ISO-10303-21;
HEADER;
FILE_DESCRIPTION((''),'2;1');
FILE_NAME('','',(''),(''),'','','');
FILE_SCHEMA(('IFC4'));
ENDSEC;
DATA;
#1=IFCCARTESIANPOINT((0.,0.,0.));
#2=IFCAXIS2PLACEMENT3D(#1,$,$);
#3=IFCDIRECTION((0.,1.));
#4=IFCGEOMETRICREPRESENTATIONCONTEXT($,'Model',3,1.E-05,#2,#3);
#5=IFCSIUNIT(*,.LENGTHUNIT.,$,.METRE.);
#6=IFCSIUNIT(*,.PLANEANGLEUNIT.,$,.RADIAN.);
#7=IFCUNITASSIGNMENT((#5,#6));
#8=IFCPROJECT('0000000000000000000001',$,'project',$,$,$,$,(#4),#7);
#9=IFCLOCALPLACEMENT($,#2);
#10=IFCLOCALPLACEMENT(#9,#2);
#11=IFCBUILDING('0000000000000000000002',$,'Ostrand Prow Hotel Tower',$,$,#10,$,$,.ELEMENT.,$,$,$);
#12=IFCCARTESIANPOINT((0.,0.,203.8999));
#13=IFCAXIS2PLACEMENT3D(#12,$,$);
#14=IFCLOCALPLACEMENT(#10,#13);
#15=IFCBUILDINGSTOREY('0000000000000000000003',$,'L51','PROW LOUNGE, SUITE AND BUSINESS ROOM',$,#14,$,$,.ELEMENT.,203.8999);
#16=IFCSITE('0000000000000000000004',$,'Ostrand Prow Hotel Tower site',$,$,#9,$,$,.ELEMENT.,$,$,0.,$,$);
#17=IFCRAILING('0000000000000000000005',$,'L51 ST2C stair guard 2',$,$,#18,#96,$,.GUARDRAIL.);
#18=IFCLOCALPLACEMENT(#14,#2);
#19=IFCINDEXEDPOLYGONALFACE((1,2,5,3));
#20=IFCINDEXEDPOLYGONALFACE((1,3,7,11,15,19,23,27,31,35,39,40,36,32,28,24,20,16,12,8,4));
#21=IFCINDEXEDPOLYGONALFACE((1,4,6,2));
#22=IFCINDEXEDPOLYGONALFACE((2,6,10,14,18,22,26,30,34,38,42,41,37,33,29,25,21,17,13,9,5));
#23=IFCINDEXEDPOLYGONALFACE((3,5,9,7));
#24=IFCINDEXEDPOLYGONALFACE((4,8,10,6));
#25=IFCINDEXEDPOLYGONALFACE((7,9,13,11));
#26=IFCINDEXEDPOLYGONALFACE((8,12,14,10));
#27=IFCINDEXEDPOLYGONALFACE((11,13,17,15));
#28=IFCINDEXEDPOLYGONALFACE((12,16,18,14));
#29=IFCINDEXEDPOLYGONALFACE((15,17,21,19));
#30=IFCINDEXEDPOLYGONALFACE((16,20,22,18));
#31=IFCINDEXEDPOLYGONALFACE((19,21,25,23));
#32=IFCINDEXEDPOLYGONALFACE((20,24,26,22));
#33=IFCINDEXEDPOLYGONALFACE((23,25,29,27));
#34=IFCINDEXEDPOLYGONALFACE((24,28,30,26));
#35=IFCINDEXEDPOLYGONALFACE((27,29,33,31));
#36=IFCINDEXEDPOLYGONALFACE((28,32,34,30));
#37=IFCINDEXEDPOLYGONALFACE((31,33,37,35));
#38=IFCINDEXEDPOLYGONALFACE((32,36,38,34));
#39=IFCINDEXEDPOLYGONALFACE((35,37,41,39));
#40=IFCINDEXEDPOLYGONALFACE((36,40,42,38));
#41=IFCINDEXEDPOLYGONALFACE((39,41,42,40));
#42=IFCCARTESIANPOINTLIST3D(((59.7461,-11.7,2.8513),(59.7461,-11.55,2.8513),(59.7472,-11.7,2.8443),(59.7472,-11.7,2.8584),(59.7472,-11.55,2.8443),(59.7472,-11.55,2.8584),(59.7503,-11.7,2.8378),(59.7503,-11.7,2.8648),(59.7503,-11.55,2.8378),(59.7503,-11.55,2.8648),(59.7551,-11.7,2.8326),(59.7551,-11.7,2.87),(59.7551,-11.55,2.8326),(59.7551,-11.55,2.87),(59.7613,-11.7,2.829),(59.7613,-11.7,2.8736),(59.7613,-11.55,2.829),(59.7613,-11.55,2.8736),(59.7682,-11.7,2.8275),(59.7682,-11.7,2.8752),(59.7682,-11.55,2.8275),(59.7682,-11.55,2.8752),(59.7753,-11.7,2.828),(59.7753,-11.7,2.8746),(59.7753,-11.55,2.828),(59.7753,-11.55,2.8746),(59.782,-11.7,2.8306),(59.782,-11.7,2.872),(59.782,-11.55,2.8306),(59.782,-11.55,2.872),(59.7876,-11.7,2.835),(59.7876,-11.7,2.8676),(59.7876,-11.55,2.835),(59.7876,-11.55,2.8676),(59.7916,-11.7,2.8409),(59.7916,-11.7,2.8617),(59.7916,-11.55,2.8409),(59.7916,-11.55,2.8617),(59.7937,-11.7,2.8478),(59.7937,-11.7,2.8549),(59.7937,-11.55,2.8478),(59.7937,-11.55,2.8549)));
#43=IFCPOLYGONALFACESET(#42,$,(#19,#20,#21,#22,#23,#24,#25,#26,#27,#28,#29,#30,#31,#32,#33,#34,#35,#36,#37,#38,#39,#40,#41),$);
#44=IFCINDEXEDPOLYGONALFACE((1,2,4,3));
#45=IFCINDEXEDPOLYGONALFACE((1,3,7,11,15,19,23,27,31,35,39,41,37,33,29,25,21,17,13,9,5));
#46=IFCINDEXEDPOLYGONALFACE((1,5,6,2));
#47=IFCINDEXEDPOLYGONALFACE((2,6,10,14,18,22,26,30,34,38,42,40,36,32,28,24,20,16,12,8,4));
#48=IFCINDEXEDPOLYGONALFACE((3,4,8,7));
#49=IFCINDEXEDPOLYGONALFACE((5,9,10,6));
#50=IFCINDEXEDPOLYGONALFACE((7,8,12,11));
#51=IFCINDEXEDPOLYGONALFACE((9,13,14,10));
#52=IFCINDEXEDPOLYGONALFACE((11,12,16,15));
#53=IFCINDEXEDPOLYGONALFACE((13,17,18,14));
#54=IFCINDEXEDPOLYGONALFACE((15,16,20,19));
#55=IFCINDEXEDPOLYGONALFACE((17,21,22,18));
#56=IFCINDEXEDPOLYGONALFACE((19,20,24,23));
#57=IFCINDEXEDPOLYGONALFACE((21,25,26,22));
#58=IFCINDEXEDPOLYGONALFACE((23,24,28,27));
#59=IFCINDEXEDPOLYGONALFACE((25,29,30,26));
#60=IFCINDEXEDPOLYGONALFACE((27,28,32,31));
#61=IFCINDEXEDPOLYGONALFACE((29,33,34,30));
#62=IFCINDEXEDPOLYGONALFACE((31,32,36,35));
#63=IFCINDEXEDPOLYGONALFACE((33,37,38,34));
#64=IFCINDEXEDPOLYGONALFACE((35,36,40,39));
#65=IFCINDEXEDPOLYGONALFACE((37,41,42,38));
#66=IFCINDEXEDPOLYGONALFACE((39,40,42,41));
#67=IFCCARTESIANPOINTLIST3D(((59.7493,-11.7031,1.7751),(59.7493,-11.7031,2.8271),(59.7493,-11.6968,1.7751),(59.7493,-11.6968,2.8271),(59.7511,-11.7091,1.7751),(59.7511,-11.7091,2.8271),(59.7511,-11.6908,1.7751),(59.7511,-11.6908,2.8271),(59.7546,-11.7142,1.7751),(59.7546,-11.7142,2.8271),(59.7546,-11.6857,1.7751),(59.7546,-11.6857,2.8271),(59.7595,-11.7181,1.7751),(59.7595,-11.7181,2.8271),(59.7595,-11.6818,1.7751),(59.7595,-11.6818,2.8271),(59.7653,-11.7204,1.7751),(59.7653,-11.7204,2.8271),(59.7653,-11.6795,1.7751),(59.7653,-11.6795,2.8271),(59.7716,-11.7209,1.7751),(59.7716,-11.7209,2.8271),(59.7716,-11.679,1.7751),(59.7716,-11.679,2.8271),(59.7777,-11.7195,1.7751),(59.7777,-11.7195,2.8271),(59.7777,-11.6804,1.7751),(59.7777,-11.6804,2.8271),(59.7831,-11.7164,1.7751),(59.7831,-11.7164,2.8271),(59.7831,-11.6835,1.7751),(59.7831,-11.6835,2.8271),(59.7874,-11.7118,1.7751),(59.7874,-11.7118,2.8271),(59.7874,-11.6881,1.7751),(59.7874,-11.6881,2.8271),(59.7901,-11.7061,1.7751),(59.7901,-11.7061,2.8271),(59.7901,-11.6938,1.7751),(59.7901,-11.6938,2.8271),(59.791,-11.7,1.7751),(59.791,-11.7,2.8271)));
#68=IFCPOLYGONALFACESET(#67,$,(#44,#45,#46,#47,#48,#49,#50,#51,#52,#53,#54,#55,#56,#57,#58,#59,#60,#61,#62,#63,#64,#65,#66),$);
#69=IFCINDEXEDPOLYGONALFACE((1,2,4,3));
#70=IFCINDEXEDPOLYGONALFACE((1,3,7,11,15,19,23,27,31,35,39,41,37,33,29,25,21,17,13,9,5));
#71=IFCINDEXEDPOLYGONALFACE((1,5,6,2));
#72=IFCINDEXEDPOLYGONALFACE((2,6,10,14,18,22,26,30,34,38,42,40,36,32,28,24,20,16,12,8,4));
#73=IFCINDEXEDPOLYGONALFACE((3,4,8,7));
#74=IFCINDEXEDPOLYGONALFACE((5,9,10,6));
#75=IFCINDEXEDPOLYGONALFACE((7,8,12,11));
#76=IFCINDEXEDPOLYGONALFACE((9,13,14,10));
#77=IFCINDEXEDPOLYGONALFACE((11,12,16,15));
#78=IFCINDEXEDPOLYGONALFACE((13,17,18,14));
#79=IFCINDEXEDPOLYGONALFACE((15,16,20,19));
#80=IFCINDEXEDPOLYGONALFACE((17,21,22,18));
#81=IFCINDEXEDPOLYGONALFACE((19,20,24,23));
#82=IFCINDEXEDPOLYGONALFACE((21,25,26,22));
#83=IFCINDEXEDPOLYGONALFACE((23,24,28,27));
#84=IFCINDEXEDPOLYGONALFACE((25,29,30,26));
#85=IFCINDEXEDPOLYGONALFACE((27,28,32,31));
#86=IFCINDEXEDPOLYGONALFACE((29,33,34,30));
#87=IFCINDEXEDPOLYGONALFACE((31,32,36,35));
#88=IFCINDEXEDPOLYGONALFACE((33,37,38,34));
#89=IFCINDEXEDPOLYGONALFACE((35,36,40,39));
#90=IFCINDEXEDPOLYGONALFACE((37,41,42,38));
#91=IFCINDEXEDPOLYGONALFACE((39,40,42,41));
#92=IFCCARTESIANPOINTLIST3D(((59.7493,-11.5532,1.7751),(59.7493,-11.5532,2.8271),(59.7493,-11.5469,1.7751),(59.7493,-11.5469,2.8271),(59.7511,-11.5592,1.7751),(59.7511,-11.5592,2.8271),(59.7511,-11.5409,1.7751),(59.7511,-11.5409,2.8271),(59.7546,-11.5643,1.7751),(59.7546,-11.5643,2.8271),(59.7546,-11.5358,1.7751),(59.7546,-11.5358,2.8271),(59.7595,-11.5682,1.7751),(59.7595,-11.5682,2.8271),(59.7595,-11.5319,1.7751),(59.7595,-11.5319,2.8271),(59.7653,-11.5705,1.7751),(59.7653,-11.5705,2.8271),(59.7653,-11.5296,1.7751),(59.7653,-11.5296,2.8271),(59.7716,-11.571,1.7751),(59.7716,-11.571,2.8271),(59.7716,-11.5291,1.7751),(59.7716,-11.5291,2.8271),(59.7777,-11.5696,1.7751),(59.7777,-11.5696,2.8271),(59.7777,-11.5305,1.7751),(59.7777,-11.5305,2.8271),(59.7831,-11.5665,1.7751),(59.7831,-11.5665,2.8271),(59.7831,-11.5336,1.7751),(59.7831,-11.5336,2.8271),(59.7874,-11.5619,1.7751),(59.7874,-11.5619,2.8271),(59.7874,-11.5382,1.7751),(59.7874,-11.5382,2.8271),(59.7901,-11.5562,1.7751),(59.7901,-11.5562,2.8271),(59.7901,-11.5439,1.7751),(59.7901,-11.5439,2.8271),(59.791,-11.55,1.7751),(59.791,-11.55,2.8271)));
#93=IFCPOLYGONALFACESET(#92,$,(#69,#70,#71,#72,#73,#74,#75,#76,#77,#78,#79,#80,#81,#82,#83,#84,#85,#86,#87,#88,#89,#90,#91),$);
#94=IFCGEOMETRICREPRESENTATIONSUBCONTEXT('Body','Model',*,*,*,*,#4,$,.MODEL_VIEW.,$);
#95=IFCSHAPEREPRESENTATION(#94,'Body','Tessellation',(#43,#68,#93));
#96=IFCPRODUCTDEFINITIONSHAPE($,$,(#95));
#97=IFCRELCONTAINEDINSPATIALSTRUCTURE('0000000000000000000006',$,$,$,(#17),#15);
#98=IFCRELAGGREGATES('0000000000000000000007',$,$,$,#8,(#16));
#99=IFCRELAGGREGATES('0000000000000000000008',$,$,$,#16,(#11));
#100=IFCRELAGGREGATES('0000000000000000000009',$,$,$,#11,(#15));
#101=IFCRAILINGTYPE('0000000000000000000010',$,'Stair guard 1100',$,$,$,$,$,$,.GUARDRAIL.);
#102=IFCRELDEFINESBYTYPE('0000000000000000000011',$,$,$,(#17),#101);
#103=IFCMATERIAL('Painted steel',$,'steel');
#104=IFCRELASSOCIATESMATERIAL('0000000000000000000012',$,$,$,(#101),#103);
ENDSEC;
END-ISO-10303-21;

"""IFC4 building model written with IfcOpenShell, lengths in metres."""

from ifc_helpers import new_model, si_unit, direction, frame, origin, origin_2d, place, context, subcontext, project, spatial, circle, extrude, material, type_object, element, save


model = new_model("IFC4")

# Units and contexts
model_context = context("Model", 3, precision=1e-05, world=origin(), true_north=direction((0.0, 1.0)))
body_context = subcontext(model_context, "Body", "Model", "MODEL_VIEW")
ifc_project = project(units=[si_unit("LENGTHUNIT", "METRE"), si_unit("PLANEANGLEUNIT", "RADIAN")], contexts=[model_context])

# Site, building, storey
site_placement = place(None, origin())
site = spatial("IfcSite", under=ifc_project, at=site_placement, Name="Ostrand Prow Hotel Tower site", CompositionType="ELEMENT", RefElevation=0.0)
building_placement = place(site_placement, origin())
building = spatial("IfcBuilding", under=site, at=building_placement, Name="Ostrand Prow Hotel Tower", CompositionType="ELEMENT")
storey_placement = place(building_placement, frame((0.0, 0.0, 203.8999)))
storey = spatial("IfcBuildingStorey", under=building, at=storey_placement, Name="L51", Description="PROW LOUNGE, SUITE AND BUSINESS ROOM", CompositionType="ELEMENT", Elevation=203.8999)

# Railing
ifc_material_1 = material(Name="Painted steel", Category="steel")
railing_type_1 = type_object("IfcRailingType", Name="Stair guard 1100", PredefinedType="GUARDRAIL", material=ifc_material_1)
railing_1_placement = place(storey_placement, frame((59.77, -11.7, 1.7751)))
element("IfcRailing", 1, at=railing_1_placement, inside=storey, type_object=railing_type_1, Name="L51 ST2C stair guard 2", PredefinedType="GUARDRAIL", context=body_context, shape_type="SweptSolid", body=[
    extrude(circle(Radius=0.0239, at=origin_2d()), frame((0.0, 0.0, 1.0762), z_axis=(0.0, 1.0, 0.0), x_axis=(-1.0, 0.0, 0.0)), (0.0, 0.0, 1.0), 0.1499),
    extrude(circle(Radius=0.021, at=origin_2d()), origin(), (0.0, 0.0, 1.0), 1.052),
    extrude(circle(Radius=0.021, at=origin_2d()), frame((0.0, 0.1499, 0.0)), (0.0, 0.0, 1.0), 1.052),
])

save(model, "model.ifc")
